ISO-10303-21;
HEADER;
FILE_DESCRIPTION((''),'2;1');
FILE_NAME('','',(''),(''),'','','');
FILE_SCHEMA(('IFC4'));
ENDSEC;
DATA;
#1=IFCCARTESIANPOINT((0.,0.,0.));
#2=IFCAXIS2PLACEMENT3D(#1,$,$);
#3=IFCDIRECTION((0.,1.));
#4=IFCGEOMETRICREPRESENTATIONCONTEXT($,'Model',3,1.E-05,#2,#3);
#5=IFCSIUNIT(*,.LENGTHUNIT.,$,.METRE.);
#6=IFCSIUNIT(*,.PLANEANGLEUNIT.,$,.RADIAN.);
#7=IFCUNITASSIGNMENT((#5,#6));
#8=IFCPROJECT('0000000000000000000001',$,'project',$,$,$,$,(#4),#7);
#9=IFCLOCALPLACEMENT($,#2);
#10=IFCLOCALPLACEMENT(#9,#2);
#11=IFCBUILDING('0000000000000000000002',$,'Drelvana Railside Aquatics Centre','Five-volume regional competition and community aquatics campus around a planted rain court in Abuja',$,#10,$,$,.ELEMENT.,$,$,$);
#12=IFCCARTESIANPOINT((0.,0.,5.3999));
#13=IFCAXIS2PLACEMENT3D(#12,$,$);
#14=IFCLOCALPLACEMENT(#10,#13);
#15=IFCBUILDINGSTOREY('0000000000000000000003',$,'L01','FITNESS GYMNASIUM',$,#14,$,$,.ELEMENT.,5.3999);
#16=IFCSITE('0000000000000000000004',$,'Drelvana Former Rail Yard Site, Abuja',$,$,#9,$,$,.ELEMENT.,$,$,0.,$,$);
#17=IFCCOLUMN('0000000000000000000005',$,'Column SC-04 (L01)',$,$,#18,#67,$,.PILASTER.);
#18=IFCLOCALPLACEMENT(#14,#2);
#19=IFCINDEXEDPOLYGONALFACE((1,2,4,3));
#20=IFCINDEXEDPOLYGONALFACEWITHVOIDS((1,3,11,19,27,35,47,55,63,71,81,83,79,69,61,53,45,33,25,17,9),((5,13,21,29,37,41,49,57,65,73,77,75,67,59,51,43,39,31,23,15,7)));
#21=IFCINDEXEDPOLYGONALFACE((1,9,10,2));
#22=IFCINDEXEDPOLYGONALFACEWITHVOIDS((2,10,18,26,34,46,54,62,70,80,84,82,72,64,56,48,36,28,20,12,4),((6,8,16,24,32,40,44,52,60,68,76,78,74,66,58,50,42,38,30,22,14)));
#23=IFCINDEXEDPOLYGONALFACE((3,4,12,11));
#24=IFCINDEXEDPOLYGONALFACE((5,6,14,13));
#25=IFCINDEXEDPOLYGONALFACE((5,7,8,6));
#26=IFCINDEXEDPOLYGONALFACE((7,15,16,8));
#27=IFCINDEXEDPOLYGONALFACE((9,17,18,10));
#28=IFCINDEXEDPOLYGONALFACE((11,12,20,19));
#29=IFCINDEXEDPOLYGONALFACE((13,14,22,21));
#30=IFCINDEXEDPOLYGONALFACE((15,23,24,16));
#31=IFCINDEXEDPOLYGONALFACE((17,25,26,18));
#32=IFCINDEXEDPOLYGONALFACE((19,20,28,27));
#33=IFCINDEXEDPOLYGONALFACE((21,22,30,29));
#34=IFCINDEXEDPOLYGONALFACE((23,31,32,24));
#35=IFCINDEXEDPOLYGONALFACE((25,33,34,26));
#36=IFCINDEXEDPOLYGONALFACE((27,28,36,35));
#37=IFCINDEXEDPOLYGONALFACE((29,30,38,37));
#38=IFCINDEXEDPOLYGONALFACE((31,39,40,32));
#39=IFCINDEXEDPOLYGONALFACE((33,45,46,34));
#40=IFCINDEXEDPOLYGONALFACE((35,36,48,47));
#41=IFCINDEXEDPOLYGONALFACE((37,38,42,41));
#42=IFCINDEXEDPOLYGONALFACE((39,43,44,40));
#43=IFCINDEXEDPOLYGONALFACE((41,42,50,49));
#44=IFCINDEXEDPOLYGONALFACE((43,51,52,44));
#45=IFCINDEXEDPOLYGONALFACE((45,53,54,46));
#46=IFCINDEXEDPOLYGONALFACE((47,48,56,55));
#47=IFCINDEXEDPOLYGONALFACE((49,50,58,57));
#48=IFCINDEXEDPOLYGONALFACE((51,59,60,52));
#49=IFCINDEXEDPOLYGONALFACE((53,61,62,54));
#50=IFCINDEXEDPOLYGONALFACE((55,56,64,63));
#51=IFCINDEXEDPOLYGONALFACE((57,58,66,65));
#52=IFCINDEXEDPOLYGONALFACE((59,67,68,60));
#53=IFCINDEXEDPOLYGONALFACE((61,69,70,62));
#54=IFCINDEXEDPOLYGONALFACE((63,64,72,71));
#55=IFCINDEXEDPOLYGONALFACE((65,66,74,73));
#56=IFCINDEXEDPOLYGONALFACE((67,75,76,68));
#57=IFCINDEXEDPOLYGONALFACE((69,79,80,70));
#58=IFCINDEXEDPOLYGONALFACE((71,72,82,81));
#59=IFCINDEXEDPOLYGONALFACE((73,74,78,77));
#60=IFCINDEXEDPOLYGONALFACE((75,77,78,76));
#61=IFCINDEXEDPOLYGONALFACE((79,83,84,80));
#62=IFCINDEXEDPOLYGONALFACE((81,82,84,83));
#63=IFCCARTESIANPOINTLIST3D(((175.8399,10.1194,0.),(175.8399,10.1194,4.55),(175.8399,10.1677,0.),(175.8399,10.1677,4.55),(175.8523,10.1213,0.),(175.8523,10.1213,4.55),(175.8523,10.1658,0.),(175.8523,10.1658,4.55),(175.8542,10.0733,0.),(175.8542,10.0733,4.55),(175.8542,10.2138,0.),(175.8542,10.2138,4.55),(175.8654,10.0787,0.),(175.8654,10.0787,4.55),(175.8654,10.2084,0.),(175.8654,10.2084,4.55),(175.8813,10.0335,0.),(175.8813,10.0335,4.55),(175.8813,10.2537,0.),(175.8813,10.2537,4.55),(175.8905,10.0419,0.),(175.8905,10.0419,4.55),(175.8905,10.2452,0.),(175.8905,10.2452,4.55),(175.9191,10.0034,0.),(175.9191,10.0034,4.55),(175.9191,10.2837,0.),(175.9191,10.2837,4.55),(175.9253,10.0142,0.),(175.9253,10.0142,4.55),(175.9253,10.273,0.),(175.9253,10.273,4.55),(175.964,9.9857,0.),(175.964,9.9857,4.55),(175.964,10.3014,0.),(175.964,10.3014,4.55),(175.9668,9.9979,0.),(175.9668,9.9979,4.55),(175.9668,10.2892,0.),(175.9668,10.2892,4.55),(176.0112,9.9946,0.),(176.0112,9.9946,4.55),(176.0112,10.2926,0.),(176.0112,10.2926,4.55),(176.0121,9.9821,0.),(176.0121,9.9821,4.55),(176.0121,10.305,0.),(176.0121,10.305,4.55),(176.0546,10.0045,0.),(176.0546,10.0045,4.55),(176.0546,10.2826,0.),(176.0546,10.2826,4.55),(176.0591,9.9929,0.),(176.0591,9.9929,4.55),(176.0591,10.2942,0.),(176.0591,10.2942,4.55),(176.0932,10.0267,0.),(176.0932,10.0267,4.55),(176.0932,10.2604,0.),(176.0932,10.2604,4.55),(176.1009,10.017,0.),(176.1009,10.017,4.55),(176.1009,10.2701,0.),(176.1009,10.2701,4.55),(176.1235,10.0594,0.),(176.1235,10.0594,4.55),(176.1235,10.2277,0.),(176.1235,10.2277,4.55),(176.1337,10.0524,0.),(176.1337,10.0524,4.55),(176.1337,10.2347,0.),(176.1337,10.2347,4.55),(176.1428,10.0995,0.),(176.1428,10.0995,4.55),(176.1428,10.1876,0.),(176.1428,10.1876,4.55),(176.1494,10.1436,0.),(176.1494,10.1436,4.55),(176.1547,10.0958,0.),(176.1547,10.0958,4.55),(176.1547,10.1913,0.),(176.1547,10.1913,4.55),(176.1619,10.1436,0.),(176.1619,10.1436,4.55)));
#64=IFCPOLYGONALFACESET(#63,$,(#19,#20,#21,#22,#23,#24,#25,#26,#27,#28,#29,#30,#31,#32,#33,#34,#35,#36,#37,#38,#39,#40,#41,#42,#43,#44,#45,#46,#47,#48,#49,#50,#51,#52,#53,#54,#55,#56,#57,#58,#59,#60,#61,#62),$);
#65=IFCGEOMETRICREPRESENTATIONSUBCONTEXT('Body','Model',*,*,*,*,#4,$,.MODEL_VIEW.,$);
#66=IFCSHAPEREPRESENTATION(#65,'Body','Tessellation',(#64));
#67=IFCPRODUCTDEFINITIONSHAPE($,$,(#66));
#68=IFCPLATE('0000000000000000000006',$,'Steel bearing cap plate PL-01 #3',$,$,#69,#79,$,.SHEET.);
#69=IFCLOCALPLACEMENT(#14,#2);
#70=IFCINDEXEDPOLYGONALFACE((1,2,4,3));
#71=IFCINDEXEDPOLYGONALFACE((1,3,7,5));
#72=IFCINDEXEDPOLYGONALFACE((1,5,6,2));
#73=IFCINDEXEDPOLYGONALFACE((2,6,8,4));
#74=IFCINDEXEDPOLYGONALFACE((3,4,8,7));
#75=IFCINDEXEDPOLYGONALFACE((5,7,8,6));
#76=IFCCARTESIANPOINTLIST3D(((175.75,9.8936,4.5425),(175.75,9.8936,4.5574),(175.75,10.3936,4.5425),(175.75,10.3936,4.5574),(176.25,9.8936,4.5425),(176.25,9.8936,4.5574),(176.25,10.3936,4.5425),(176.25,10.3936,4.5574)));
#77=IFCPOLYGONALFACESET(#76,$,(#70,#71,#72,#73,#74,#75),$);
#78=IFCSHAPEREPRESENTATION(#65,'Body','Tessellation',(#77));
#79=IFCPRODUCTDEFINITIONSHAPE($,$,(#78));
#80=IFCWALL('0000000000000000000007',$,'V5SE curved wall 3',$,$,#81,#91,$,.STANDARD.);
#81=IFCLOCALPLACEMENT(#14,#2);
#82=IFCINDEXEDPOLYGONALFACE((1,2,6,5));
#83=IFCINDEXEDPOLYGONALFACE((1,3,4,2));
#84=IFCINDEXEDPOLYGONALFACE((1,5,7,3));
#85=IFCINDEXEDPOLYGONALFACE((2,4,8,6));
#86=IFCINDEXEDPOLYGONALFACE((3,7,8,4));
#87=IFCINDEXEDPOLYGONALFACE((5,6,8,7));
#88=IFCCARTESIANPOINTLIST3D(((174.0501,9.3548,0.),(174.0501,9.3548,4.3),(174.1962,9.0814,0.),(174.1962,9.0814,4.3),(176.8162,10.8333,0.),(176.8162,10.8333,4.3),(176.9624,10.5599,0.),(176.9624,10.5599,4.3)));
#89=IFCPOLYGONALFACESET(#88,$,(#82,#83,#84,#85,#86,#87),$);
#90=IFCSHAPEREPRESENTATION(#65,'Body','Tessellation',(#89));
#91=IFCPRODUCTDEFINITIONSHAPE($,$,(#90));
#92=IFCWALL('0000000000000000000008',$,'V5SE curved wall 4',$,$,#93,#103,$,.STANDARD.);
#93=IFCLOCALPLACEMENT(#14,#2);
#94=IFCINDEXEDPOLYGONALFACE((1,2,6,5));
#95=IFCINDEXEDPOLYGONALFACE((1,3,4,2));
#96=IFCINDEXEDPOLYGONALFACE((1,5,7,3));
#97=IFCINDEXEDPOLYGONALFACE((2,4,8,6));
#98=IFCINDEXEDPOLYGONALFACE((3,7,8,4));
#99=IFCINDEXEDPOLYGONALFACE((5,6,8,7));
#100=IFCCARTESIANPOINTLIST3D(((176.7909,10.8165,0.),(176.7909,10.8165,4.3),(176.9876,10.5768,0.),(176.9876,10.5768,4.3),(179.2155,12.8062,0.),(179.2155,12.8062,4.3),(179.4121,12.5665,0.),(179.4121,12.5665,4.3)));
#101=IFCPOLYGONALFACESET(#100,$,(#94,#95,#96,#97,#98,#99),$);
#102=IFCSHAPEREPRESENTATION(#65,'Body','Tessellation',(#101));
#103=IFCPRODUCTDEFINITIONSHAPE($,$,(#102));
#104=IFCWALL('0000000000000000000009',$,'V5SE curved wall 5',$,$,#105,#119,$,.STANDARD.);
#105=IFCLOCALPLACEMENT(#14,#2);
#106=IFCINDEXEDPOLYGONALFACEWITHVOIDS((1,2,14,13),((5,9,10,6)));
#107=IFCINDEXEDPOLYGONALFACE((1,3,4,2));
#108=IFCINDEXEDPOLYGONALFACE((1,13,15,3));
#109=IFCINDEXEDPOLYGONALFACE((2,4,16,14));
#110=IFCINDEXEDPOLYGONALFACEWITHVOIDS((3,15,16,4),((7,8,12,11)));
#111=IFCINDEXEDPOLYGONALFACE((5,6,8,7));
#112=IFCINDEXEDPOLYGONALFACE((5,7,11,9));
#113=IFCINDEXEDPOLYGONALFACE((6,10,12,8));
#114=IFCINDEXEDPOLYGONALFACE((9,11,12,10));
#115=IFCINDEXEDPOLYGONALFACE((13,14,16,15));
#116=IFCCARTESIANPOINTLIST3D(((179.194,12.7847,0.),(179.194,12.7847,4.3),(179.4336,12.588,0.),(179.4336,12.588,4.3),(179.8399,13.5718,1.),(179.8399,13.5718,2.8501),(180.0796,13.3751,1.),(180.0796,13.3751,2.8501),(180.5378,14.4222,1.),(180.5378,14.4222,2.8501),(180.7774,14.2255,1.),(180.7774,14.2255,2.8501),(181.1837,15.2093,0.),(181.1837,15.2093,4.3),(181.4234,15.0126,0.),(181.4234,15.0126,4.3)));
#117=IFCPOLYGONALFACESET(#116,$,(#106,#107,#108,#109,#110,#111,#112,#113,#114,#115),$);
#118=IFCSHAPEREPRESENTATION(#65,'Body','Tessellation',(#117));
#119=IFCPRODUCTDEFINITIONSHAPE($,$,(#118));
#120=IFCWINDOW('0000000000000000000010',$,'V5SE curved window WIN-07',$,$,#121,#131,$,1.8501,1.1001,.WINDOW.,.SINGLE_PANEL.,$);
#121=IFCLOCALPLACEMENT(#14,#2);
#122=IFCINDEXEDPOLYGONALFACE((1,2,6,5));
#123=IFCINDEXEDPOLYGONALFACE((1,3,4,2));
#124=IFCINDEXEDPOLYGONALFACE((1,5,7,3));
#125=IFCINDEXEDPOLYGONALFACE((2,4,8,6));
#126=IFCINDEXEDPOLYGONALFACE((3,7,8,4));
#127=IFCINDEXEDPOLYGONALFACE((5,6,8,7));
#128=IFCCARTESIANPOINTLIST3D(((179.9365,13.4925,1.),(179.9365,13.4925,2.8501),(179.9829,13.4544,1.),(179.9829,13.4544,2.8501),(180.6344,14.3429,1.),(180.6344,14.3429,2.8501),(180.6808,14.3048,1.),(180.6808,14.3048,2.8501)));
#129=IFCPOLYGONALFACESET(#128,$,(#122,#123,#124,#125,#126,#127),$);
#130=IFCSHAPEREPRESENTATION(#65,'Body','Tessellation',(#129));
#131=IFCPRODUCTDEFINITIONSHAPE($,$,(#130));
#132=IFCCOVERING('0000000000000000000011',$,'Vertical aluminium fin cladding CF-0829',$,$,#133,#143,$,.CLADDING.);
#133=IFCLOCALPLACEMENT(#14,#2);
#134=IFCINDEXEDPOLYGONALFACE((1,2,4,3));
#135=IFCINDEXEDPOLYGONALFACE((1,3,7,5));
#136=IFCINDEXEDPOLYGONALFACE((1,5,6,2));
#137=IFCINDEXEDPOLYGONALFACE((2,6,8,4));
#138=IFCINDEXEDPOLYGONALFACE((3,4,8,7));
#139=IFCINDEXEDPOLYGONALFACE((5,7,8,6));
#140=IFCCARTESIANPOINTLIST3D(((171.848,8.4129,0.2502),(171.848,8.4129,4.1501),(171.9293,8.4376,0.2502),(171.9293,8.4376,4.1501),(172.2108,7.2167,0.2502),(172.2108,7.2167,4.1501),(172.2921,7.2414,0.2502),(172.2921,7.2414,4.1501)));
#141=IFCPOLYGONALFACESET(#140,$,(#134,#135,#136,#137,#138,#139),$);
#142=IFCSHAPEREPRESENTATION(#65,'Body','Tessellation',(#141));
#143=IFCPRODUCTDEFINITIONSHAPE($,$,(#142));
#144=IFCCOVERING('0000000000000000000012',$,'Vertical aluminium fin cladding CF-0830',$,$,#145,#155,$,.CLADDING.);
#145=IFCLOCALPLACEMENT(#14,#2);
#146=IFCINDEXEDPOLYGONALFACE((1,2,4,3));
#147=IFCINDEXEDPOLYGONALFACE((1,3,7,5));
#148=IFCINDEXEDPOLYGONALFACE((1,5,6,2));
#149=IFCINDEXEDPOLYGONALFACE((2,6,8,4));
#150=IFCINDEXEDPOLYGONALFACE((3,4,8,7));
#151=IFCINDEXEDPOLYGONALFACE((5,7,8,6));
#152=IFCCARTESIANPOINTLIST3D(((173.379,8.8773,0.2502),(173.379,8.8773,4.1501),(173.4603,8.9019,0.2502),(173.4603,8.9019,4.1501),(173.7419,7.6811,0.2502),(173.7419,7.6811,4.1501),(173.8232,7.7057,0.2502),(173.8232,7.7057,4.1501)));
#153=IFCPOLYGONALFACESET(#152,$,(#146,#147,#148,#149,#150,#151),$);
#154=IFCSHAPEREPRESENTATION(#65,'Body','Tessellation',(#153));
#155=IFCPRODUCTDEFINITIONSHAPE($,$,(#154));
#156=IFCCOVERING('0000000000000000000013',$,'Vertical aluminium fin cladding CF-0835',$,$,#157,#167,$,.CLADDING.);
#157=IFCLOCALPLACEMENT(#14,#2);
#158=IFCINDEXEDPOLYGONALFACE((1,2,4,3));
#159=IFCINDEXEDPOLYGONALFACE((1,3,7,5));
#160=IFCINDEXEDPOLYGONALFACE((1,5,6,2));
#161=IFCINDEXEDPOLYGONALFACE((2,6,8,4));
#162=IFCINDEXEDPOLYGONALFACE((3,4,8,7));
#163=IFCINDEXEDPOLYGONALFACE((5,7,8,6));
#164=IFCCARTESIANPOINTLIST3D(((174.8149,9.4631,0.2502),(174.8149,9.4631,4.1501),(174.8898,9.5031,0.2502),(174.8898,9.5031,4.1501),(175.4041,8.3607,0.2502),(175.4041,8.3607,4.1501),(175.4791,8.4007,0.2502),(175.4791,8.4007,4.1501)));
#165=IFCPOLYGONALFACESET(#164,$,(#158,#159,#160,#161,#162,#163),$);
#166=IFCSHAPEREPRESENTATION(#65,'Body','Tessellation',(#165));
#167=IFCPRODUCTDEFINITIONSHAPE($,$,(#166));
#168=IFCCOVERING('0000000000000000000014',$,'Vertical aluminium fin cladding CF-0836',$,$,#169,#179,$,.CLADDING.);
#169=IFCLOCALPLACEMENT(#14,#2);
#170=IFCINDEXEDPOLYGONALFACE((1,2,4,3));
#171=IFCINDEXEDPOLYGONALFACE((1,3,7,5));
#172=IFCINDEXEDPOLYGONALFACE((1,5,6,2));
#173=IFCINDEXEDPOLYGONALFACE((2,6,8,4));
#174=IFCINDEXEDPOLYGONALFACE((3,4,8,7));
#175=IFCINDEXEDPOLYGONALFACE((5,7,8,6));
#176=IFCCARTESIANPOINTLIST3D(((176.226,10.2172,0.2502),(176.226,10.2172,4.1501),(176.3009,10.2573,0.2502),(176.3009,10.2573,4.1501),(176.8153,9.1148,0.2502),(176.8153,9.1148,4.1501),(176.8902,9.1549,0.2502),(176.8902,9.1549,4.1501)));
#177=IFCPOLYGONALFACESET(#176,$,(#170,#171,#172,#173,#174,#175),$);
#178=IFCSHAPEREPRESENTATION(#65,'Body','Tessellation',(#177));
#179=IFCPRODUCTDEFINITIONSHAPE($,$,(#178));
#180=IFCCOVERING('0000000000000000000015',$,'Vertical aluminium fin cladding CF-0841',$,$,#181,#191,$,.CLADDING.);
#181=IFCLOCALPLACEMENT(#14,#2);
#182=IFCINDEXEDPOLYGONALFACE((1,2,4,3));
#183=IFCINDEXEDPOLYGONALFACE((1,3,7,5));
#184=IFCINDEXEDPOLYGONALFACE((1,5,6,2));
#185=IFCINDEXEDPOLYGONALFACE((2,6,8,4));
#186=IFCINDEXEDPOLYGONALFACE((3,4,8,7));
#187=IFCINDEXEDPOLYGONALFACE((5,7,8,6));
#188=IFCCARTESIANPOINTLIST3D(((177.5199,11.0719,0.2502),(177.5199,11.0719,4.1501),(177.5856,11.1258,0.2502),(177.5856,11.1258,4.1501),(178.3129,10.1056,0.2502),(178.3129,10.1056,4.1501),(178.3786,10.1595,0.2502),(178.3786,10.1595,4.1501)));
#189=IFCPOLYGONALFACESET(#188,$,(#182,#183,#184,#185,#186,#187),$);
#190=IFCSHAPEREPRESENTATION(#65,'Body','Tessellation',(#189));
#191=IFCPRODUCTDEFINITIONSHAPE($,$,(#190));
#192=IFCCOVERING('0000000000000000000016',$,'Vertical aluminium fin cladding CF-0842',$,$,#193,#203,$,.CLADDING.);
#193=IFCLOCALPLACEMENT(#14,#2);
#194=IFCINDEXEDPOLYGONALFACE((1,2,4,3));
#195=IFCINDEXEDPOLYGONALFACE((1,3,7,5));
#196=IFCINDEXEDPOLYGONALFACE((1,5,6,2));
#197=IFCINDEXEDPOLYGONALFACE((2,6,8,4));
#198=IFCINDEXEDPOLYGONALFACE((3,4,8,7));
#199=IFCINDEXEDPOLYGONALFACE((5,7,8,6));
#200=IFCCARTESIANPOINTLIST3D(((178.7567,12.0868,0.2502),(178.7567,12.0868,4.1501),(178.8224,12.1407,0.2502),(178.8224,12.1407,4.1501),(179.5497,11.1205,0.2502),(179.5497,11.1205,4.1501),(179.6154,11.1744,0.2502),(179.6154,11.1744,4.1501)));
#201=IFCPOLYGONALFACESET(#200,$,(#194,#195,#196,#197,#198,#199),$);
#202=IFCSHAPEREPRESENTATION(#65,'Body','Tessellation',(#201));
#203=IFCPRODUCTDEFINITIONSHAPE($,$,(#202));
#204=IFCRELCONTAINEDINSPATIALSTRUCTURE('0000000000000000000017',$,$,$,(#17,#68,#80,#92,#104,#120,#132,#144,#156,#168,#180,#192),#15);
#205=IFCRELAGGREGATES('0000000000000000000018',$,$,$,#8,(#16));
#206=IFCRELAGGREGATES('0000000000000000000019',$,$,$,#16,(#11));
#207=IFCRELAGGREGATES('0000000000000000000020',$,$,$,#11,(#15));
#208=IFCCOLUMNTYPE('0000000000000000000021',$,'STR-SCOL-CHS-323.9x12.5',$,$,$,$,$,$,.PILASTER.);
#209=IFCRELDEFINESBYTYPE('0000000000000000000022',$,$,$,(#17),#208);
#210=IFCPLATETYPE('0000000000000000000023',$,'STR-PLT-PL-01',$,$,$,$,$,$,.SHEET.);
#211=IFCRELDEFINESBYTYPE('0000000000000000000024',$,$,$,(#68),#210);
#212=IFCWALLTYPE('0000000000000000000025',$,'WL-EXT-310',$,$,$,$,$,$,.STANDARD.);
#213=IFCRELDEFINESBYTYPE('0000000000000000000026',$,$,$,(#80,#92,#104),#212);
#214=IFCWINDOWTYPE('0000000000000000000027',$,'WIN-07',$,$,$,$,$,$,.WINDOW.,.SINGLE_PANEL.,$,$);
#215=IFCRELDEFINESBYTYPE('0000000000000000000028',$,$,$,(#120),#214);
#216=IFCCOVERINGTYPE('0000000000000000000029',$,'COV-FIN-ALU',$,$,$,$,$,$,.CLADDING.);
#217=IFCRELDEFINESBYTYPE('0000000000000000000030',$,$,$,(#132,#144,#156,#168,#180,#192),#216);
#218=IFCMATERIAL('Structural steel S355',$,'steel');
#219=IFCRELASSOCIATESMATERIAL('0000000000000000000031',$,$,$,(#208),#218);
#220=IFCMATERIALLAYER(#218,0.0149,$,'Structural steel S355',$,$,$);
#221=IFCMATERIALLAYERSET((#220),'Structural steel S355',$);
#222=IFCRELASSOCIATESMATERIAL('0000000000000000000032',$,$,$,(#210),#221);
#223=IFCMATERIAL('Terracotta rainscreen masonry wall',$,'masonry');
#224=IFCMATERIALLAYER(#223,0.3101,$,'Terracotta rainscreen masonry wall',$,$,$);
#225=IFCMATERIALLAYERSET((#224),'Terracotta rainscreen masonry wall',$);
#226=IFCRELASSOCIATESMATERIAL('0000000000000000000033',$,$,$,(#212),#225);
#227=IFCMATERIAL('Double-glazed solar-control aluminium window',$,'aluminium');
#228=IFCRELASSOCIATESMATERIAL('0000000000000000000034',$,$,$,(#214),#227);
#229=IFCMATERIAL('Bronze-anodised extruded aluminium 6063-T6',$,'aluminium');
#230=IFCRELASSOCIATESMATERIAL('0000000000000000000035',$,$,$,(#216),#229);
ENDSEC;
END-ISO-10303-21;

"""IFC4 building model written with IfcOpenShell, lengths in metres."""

from ifc_helpers import new_model, si_unit, direction, frame, frame_2d, origin, origin_2d, place, context, subcontext, project, spatial, rectangle, hollow_circle, extrude, material, layer, layer_set, material_profile, profile_set, type_object, element, fill, save


model = new_model("IFC4")

# Units and contexts
model_context = context("Model", 3, precision=1e-05, world=origin(), true_north=direction((0.0, 1.0)))
body_context = subcontext(model_context, "Body", "Model", "MODEL_VIEW")
ifc_project = project(units=[si_unit("LENGTHUNIT", "METRE"), si_unit("PLANEANGLEUNIT", "RADIAN")], contexts=[model_context])

# Site, building, storey
site_placement = place(None, origin())
site = spatial("IfcSite", under=ifc_project, at=site_placement, Name="Drelvana Former Rail Yard Site, Abuja", CompositionType="ELEMENT", RefElevation=0.0)
building_placement = place(site_placement, origin())
building = spatial("IfcBuilding", under=site, at=building_placement, Name="Drelvana Railside Aquatics Centre", Description="Five-volume regional competition and community aquatics campus around a planted rain court in Abuja", CompositionType="ELEMENT")
storey_placement = place(building_placement, frame((0.0, 0.0, 5.3999)))
storey = spatial("IfcBuildingStorey", under=building, at=storey_placement, Name="L01", Description="FITNESS GYMNASIUM", CompositionType="ELEMENT", Elevation=5.3999)

# Column
ifc_material_1 = material(Name="Structural steel S355", Category="steel")
ifc_material_profile = material_profile(ifc_material_1, hollow_circle(Radius=0.1619, WallThickness=0.0125, at=origin_2d()), Name="CHS 323.9x12.5")
ifc_profile_set = profile_set([ifc_material_profile], Name="Structural steel S355")
column_type = type_object("IfcColumnType", Name="STR-SCOL-CHS-323.9x12.5", PredefinedType="PILASTER", material=ifc_profile_set)
column_placement = place(storey_placement, frame((176.0, 10.1436, 0.0), z_axis=(0.0, 0.0, 1.0), x_axis=(1.0, 0.0, 0.0)))
element("IfcColumn", 1, at=column_placement, inside=storey, type_object=column_type, Name="Column SC-04 (L01)", PredefinedType="PILASTER", context=body_context, shape_type="SweptSolid", body=[
    extrude(hollow_circle(Radius=0.1619, WallThickness=0.0125, at=origin_2d()), origin(), (0.0, 0.0, 1.0), 4.55),
])

# Plate
ifc_layer_1 = layer(ifc_material_1, 0.0149, Name="Structural steel S355")
ifc_layer_set_1 = layer_set([ifc_layer_1], Name="Structural steel S355")
plate_type = type_object("IfcPlateType", Name="STR-PLT-PL-01", PredefinedType="SHEET", material=ifc_layer_set_1)
plate_placement = place(storey_placement, frame((176.0, 10.1436, 4.5425), z_axis=(0.0, 0.0, 1.0), x_axis=(1.0, 0.0, 0.0)))
element("IfcPlate", 2, at=plate_placement, inside=storey, type_object=plate_type, Name="Steel bearing cap plate PL-01 #3", PredefinedType="SHEET", context=body_context, shape_type="SweptSolid", body=[
    extrude(rectangle(XDim=0.5, YDim=0.5, at=origin_2d()), origin(), (0.0, 0.0, 1.0), 0.0149),
])

# Walls
ifc_material_2 = material(Name="Terracotta rainscreen masonry wall", Category="masonry")
ifc_layer_2 = layer(ifc_material_2, 0.3101, Name="Terracotta rainscreen masonry wall")
ifc_layer_set_2 = layer_set([ifc_layer_2], Name="Terracotta rainscreen masonry wall")
wall_type = type_object("IfcWallType", Name="WL-EXT-310", PredefinedType="STANDARD", material=ifc_layer_set_2)
for number, where, z_axis, x_axis, name in (
    (3, (174.123, 9.218, 0.0), (0.0, 0.0, 1.0), (0.881922, 0.471396, 0.0), "V5SE curved wall 3"),
    (4, (176.8892, 10.6965, 0.0), (0.0, 0.0, 1.0), (0.773017, 0.634386, 0.0), "V5SE curved wall 4"),
):
    element("IfcWall", number, at=place(storey_placement, frame(where, z_axis=z_axis, x_axis=x_axis)), inside=storey, type_object=wall_type, Name=name, PredefinedType="STANDARD", context=body_context, shape_type="SweptSolid", body=[
        extrude(rectangle(XDim=3.1365, YDim=0.3101, at=frame_2d((1.5684, 0.0))), origin(), (0.0, 0.0, 1.0), 4.3),
    ])

# Wall, opening, window
wall_placement = place(storey_placement, frame((179.3137, 12.6863, 0.0), z_axis=(0.0, 0.0, 1.0), x_axis=(0.634386, 0.773017, 0.0)))
wall = element("IfcWall", 5, at=wall_placement, inside=storey, type_object=wall_type, Name="V5SE curved wall 5", PredefinedType="STANDARD", context=body_context, shape_type="SweptSolid", body=[
    extrude(rectangle(XDim=3.1365, YDim=0.3101, at=frame_2d((1.5684, 0.0))), origin(), (0.0, 0.0, 1.0), 4.3),
])
opening_placement = place(wall_placement, frame((1.0183, 0.0, 1.0)))
opening = element("IfcOpeningElement", 6, at=opening_placement, cuts=wall, PredefinedType="OPENING", context=body_context, shape_type="SweptSolid", body=[
    extrude(rectangle(XDim=1.1001, YDim=1.8501, at=frame_2d((0.55, 0.925))), frame((0.0, 0.165, 0.0), z_axis=(0.0, -1.0, 0.0), x_axis=(1.0, 0.0, 0.0)), (0.0, 0.0, 1.0), 0.3301),
])
ifc_material_3 = material(Name="Double-glazed solar-control aluminium window", Category="aluminium")
window_type = type_object("IfcWindowType", Name="WIN-07", PartitioningType="SINGLE_PANEL", PredefinedType="WINDOW", material=ifc_material_3)
window_placement = place(opening_placement, origin())
window = element("IfcWindow", 7, at=window_placement, inside=storey, type_object=window_type, Name="V5SE curved window WIN-07", OverallHeight=1.8501, OverallWidth=1.1001, PartitioningType="SINGLE_PANEL", PredefinedType="WINDOW", context=body_context, shape_type="SweptSolid", body=[
    extrude(rectangle(XDim=1.1001, YDim=1.8501, at=frame_2d((0.55, 0.925))), frame((0.0, 0.03, 0.0), z_axis=(0.0, -1.0, 0.0), x_axis=(1.0, 0.0, 0.0)), (0.0, 0.0, 1.0), 0.0601),
])
fill(opening, window)

# Coverings
ifc_material_4 = material(Name="Bronze-anodised extruded aluminium 6063-T6", Category="aluminium")
covering_type = type_object("IfcCoveringType", Name="COV-FIN-ALU", PredefinedType="CLADDING", material=ifc_material_4)
for number, where, z_axis, x_axis, name in (
    (8, (172.0701, 7.8271, 0.2502), (0.0, 0.0, 1.0), (-0.95694, -0.290285, 0.0), "Vertical aluminium fin cladding CF-0829"),
    (9, (173.6011, 8.2915, 0.2502), (0.0, 0.0, 1.0), (-0.95694, -0.290285, 0.0), "Vertical aluminium fin cladding CF-0830"),
    (10, (175.147, 8.9319, 0.2502), (0.0, 0.0, 1.0), (-0.881921, -0.471397, 0.0), "Vertical aluminium fin cladding CF-0835"),
    (11, (176.5581, 9.686, 0.2502), (0.0, 0.0, 1.0), (-0.881921, -0.471397, 0.0), "Vertical aluminium fin cladding CF-0836"),
    (12, (177.9492, 10.6157, 0.2502), (0.0, 0.0, 1.0), (-0.77301, -0.634393, 0.0), "Vertical aluminium fin cladding CF-0841"),
    (13, (179.186, 11.6306, 0.2502), (0.0, 0.0, 1.0), (-0.77301, -0.634393, 0.0), "Vertical aluminium fin cladding CF-0842"),
):
    element("IfcCovering", number, at=place(storey_placement, frame(where, z_axis=z_axis, x_axis=x_axis)), inside=storey, type_object=covering_type, Name=name, PredefinedType="CLADDING", context=body_context, shape_type="SweptSolid", body=[
        extrude(rectangle(XDim=0.085, YDim=1.25, at=origin_2d()), origin(), (0.0, 0.0, 1.0), 3.8999),
    ])

save(model, "model.ifc")
